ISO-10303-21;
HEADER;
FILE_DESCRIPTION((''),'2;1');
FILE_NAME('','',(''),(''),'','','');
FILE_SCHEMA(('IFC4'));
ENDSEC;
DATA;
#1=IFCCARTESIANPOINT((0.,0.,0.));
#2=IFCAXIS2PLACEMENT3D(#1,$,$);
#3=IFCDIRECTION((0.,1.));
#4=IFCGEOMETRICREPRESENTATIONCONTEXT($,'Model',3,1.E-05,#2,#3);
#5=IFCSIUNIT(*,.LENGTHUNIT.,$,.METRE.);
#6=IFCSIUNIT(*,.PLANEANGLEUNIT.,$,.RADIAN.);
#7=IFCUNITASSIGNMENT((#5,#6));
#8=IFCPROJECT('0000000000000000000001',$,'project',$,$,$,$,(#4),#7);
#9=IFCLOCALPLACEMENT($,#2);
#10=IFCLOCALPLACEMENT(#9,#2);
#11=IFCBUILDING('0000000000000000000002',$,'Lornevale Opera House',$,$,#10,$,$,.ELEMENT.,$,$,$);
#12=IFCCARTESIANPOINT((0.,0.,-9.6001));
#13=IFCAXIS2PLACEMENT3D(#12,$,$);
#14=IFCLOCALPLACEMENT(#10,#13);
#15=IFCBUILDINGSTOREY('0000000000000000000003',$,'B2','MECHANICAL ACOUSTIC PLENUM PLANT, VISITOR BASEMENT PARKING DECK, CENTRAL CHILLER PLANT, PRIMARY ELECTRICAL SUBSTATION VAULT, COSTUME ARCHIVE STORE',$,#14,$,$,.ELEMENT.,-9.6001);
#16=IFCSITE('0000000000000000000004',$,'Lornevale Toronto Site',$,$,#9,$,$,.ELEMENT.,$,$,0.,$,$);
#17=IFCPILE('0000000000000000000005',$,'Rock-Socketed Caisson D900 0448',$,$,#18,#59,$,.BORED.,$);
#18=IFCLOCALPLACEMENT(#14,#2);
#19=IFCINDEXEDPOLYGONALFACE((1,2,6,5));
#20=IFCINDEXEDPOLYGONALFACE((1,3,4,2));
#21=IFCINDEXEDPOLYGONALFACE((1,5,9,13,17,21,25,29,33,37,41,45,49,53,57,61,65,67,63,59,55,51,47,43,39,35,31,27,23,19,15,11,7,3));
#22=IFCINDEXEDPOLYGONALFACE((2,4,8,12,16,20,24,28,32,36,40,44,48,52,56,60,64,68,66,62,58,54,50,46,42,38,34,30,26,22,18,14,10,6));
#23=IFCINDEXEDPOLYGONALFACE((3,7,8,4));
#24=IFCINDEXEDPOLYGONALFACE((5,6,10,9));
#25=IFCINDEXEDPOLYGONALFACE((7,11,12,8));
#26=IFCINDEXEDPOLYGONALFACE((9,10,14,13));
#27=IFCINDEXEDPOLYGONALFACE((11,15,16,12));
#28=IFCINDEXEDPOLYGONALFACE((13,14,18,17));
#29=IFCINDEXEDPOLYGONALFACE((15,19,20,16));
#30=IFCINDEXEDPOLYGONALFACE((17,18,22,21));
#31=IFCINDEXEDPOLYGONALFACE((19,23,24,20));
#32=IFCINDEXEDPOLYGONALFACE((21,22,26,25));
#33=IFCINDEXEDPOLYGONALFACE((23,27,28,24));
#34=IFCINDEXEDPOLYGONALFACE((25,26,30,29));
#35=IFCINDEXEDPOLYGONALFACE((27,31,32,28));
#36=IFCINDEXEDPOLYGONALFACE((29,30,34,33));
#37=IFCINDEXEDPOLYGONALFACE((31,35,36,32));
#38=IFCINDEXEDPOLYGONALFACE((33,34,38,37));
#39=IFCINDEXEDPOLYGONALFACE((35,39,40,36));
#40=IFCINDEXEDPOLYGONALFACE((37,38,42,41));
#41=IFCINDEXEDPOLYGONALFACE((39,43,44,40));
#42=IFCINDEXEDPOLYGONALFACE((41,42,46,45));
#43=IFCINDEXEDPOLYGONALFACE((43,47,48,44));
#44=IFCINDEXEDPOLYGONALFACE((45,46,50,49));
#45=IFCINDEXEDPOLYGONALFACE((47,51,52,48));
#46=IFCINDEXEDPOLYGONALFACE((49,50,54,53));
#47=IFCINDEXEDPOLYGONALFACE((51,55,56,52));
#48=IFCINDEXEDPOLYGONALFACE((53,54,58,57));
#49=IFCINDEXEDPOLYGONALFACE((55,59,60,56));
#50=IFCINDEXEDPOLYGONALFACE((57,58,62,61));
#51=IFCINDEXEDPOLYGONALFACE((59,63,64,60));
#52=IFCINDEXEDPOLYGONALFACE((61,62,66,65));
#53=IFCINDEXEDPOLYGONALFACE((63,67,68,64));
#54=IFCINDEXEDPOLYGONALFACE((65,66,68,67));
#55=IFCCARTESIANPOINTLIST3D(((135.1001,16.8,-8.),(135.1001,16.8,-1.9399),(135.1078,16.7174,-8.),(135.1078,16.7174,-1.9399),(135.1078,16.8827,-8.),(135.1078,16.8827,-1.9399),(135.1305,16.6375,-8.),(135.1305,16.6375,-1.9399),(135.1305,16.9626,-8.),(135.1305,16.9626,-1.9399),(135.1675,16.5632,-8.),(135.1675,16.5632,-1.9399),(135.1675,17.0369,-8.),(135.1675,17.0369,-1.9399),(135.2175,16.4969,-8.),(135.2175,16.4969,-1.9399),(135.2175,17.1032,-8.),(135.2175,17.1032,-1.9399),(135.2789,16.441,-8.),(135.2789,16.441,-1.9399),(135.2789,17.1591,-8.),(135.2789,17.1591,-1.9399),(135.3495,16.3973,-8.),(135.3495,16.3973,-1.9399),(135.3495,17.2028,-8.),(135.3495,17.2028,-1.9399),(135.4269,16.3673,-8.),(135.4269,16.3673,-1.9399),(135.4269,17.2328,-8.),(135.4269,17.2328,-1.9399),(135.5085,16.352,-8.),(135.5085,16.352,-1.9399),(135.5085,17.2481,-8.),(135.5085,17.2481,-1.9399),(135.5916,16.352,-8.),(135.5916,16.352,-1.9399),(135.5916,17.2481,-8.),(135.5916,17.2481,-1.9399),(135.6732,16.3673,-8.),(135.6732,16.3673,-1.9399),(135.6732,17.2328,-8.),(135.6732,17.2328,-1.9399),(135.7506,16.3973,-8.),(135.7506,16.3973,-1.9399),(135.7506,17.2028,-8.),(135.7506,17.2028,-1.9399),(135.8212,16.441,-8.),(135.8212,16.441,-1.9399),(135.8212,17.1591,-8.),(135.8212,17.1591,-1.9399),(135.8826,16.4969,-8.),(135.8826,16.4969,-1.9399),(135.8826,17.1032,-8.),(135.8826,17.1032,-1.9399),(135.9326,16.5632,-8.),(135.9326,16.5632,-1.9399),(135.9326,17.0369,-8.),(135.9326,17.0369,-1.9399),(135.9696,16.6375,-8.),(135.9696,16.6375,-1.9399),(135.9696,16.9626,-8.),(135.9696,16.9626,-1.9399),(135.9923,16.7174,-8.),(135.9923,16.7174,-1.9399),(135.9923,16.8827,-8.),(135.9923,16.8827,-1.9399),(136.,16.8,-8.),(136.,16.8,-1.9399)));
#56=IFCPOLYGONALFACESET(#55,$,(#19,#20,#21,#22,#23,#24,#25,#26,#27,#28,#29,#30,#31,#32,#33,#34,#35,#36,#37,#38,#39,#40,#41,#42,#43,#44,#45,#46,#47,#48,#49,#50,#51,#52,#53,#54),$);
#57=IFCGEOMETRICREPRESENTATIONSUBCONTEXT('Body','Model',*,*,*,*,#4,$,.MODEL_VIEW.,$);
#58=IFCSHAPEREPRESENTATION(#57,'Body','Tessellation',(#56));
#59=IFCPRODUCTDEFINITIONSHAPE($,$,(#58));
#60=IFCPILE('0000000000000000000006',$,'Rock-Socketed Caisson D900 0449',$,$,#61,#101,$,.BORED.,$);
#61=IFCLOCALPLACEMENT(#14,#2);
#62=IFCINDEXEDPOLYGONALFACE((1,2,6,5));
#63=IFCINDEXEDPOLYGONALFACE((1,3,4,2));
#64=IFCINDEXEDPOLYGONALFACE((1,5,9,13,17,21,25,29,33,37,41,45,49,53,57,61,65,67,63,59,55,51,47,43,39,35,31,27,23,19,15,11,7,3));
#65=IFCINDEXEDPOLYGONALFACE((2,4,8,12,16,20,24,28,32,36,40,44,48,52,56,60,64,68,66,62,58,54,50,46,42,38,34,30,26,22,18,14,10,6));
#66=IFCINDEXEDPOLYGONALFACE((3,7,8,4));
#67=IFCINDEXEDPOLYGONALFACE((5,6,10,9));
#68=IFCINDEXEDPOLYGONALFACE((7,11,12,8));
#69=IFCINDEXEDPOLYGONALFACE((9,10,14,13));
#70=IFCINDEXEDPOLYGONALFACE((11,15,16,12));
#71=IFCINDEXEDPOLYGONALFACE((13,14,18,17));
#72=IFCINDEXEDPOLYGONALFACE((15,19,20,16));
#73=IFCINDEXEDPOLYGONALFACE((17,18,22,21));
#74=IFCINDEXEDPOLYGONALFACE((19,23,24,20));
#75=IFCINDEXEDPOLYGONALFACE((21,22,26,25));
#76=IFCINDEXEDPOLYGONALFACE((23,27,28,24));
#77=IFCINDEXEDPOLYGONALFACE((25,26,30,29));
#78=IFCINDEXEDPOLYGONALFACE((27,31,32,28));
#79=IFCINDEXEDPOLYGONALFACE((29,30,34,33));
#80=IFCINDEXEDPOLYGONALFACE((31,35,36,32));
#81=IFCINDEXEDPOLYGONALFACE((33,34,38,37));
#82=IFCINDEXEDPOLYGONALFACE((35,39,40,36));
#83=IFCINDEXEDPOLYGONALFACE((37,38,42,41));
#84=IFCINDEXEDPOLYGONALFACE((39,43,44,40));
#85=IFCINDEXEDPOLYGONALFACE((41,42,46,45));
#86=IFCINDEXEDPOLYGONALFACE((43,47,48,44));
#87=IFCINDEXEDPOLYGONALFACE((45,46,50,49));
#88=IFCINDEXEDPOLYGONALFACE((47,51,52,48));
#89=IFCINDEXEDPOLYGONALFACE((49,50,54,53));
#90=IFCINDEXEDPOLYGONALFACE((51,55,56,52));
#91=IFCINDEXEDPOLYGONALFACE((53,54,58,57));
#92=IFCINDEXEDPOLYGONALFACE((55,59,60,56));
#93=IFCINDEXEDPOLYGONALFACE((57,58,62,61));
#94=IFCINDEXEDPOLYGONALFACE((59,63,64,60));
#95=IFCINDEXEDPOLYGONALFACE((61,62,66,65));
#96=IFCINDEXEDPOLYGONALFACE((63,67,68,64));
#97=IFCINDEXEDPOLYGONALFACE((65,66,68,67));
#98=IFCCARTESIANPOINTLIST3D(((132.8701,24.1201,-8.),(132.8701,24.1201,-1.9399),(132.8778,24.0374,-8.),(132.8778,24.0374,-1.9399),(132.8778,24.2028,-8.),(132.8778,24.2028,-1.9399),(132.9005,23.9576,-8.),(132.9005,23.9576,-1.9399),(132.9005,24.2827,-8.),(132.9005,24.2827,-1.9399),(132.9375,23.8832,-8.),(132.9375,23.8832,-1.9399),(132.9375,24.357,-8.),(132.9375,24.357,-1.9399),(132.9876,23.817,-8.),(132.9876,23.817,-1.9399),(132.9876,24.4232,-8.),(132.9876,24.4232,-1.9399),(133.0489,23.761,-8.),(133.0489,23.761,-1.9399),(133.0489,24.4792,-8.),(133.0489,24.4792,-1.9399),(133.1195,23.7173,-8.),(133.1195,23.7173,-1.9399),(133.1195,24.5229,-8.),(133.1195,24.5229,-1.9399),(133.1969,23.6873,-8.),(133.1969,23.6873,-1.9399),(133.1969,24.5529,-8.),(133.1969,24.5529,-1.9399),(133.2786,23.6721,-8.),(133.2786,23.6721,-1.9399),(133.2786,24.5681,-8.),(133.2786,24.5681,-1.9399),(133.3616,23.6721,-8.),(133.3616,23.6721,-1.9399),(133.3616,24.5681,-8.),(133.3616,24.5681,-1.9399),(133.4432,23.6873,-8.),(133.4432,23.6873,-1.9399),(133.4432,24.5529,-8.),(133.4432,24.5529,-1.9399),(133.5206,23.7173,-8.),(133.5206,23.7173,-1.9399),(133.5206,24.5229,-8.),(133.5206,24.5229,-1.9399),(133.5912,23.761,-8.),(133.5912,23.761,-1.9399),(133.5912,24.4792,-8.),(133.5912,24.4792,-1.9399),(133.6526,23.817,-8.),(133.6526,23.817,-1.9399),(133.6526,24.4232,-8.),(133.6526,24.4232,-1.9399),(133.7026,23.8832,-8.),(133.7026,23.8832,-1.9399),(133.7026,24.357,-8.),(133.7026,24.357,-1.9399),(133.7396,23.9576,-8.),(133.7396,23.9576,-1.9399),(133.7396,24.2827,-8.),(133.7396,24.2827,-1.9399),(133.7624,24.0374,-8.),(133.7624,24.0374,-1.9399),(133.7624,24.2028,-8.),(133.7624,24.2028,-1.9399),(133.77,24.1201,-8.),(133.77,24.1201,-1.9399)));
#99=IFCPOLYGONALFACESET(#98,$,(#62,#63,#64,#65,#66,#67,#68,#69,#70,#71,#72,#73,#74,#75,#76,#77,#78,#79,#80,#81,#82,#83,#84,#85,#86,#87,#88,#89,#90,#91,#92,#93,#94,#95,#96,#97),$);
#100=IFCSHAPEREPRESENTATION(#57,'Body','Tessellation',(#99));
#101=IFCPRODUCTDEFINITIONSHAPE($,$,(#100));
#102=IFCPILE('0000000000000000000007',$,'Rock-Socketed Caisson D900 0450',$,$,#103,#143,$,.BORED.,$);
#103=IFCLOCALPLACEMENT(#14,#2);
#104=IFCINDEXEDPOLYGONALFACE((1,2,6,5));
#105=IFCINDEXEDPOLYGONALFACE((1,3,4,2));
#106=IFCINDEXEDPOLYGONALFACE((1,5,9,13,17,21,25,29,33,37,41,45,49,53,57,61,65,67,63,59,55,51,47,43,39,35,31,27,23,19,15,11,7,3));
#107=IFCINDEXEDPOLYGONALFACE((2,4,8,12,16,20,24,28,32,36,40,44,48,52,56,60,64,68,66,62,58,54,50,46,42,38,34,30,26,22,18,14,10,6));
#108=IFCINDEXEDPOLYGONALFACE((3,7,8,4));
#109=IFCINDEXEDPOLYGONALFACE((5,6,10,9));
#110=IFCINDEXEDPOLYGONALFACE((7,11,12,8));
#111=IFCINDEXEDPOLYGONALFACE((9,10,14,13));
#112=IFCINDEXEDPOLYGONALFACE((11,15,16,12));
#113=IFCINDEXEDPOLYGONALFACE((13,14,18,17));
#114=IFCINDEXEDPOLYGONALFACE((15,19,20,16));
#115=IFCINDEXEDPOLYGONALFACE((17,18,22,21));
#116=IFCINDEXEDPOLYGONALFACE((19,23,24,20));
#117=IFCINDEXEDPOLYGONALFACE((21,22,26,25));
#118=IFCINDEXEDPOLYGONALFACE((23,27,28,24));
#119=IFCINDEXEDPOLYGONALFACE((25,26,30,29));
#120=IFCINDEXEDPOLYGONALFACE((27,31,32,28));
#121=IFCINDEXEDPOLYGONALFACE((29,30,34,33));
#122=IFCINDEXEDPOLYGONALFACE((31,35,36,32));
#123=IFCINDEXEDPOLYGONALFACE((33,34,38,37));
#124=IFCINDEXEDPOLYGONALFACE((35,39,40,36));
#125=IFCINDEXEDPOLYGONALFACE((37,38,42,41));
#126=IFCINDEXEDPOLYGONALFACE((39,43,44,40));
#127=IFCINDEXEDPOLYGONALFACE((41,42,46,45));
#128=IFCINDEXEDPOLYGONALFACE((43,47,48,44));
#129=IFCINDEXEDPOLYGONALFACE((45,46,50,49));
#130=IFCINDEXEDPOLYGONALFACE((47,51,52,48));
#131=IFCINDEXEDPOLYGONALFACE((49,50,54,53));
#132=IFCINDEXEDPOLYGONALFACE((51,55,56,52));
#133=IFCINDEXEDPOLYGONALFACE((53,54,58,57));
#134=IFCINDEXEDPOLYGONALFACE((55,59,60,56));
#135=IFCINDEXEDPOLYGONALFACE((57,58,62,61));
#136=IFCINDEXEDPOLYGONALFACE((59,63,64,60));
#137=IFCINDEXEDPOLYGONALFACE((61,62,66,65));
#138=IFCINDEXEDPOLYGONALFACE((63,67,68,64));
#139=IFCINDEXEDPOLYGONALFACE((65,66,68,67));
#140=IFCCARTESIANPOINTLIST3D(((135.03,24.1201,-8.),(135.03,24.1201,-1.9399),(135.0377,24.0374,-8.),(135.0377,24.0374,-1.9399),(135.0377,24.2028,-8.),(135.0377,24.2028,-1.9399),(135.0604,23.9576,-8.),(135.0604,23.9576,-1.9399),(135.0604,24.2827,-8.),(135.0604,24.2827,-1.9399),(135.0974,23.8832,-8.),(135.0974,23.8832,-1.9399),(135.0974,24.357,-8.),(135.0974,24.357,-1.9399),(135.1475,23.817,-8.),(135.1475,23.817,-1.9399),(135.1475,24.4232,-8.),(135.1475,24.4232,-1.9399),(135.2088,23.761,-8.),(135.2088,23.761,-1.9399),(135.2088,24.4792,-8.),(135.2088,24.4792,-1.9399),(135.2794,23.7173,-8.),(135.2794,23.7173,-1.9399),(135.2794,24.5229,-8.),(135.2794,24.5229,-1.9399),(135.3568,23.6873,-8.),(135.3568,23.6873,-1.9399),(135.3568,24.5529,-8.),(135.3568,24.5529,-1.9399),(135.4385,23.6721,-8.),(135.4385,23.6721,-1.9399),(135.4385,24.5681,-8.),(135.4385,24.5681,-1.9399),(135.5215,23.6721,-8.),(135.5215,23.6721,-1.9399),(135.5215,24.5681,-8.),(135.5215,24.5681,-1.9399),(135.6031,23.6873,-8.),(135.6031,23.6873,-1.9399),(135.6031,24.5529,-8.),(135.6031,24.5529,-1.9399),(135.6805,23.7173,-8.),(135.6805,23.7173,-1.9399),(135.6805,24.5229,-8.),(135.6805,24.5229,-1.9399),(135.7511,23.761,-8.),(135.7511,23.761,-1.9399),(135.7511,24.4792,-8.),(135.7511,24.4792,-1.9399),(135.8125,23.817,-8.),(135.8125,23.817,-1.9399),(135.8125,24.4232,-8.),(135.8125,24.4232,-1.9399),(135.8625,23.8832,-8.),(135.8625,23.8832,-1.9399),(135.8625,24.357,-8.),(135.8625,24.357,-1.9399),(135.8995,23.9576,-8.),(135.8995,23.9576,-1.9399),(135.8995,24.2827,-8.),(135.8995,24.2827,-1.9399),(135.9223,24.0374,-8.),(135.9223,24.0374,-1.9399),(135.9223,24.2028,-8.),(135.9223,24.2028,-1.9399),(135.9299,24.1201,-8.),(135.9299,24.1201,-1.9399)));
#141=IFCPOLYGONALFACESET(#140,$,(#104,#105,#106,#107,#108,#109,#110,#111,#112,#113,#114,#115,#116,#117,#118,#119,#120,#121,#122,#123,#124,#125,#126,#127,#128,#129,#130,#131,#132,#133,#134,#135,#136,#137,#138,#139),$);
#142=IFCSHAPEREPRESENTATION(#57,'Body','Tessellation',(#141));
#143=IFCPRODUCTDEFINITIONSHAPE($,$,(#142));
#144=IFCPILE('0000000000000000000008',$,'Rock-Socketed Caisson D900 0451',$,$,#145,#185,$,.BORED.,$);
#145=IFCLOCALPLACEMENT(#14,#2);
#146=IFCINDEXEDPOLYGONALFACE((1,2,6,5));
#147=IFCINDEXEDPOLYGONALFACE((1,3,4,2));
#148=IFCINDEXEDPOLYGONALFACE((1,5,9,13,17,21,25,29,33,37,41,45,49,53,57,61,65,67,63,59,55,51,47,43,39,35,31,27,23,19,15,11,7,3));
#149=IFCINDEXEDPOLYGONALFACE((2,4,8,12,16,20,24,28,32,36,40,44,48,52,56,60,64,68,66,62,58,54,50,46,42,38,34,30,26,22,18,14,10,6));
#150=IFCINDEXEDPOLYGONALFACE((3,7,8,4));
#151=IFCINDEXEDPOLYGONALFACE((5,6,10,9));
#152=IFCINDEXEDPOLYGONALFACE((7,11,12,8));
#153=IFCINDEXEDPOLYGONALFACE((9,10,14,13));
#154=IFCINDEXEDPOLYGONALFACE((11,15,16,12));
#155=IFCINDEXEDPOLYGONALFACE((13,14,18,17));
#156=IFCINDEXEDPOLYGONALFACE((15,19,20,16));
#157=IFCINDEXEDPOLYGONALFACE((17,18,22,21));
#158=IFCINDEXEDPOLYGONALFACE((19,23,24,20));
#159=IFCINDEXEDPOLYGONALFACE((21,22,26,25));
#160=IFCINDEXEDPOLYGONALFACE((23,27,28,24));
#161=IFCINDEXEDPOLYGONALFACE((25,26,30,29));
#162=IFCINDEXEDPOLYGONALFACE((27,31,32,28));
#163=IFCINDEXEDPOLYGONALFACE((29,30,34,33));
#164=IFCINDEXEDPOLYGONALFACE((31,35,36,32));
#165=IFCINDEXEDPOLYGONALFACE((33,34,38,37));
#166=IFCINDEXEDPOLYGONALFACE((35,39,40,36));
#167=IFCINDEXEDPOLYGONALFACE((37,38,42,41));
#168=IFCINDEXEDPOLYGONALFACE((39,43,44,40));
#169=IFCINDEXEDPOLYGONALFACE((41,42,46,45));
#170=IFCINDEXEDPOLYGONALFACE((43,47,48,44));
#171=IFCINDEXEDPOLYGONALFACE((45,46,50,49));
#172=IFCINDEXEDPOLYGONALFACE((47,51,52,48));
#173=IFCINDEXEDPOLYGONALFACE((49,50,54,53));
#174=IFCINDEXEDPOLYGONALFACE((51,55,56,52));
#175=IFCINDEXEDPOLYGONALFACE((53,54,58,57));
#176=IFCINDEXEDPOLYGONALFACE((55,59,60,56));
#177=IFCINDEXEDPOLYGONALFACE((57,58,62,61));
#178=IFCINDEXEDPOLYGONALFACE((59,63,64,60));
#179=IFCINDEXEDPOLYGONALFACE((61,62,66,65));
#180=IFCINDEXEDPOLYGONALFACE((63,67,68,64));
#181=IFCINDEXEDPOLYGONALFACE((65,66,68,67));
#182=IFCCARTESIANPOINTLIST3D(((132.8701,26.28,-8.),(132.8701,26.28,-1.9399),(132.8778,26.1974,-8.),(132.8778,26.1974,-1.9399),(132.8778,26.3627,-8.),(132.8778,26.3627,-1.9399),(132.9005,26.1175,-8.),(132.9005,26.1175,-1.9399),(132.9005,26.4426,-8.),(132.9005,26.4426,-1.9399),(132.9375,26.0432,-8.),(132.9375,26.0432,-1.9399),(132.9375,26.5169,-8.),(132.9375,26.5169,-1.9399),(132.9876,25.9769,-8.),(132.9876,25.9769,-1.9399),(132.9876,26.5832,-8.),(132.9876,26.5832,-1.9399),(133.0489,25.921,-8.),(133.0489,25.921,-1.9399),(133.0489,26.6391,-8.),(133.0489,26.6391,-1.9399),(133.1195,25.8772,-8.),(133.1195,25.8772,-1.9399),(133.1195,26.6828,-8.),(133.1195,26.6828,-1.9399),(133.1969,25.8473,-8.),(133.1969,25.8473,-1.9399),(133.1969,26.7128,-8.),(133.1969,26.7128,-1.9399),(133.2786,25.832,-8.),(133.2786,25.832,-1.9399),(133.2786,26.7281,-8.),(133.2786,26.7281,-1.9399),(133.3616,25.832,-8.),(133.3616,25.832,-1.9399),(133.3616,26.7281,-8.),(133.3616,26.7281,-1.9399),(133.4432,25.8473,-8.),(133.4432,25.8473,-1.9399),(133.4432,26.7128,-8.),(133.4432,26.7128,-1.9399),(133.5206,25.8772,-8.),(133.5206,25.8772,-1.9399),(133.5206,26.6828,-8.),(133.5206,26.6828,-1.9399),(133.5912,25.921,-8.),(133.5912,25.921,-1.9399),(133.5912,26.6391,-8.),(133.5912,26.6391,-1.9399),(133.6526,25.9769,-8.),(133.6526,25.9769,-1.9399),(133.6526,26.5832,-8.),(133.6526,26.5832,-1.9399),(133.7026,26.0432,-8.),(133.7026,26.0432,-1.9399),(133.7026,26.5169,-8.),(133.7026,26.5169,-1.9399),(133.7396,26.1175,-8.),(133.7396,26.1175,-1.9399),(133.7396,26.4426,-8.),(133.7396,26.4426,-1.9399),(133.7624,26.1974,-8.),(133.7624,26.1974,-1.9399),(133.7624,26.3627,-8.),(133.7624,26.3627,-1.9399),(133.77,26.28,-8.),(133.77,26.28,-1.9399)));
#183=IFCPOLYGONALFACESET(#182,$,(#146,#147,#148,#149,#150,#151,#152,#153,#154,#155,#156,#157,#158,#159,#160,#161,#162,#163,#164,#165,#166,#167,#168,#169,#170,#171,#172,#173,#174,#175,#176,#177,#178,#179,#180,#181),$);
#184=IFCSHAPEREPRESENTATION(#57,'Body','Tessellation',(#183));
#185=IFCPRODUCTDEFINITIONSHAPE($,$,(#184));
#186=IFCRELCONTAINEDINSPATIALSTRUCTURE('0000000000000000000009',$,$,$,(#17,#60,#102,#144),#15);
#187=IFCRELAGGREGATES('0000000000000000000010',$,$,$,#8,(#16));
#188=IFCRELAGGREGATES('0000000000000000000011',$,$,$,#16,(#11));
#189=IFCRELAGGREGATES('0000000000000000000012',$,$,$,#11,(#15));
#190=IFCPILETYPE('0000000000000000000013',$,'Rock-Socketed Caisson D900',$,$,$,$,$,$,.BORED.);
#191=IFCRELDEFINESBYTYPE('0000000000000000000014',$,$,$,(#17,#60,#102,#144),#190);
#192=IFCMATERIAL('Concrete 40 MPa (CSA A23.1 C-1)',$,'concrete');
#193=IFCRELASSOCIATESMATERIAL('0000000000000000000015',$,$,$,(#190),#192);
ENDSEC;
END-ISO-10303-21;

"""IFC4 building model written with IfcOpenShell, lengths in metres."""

from ifc_helpers import new_model, si_unit, direction, frame, origin, origin_2d, place, context, subcontext, project, spatial, circle, extrude, material, material_profile, profile_set, type_object, element, save


model = new_model("IFC4")

# Units and contexts
model_context = context("Model", 3, precision=1e-05, world=origin(), true_north=direction((0.0, 1.0)))
body_context = subcontext(model_context, "Body", "Model", "MODEL_VIEW")
ifc_project = project(units=[si_unit("LENGTHUNIT", "METRE"), si_unit("PLANEANGLEUNIT", "RADIAN")], contexts=[model_context])

# Site, building, storey
site_placement = place(None, origin())
site = spatial("IfcSite", under=ifc_project, at=site_placement, Name="Lornevale Toronto Site", CompositionType="ELEMENT", RefElevation=0.0)
building_placement = place(site_placement, origin())
building = spatial("IfcBuilding", under=site, at=building_placement, Name="Lornevale Opera House", CompositionType="ELEMENT")
storey_placement = place(building_placement, frame((0.0, 0.0, -9.6001)))
storey = spatial("IfcBuildingStorey", under=building, at=storey_placement, Name="B2", Description="MECHANICAL ACOUSTIC PLENUM PLANT, VISITOR BASEMENT PARKING DECK, CENTRAL CHILLER PLANT, PRIMARY ELECTRICAL SUBSTATION VAULT, COSTUME ARCHIVE STORE", CompositionType="ELEMENT", Elevation=-9.6001)

# Piles
ifc_material_1 = material(Name="Concrete 40 MPa (CSA A23.1 C-1)", Category="concrete")
ifc_material_profile_1 = material_profile(ifc_material_1, circle(Radius=0.45, at=origin_2d()), Name="CAIS900")
ifc_profile_set_1 = profile_set([ifc_material_profile_1], Name="Concrete 40 MPa (CSA A23.1 C-1)")
pile_type_1 = type_object("IfcPileType", Name="Rock-Socketed Caisson D900", PredefinedType="BORED", material=ifc_profile_set_1)
for number, where, z_axis, x_axis, name in (
    (1, (135.55, 16.8, -1.9399), (0.0, 0.0, -1.0), (1.0, 0.0, 0.0), "Rock-Socketed Caisson D900 0448"),
    (2, (133.3201, 24.1201, -1.9399), (0.0, 0.0, -1.0), (1.0, 0.0, 0.0), "Rock-Socketed Caisson D900 0449"),
    (3, (135.48, 24.1201, -1.9399), (0.0, 0.0, -1.0), (1.0, 0.0, 0.0), "Rock-Socketed Caisson D900 0450"),
    (4, (133.3201, 26.28, -1.9399), (0.0, 0.0, -1.0), (1.0, 0.0, 0.0), "Rock-Socketed Caisson D900 0451"),
):
    element("IfcPile", number, at=place(storey_placement, frame(where, z_axis=z_axis, x_axis=x_axis)), inside=storey, type_object=pile_type_1, Name=name, PredefinedType="BORED", context=body_context, shape_type="SweptSolid", body=[
        extrude(circle(Radius=0.45, at=origin_2d()), origin(), (0.0, 0.0, 1.0), 6.0601),
    ])

save(model, "model.ifc")
